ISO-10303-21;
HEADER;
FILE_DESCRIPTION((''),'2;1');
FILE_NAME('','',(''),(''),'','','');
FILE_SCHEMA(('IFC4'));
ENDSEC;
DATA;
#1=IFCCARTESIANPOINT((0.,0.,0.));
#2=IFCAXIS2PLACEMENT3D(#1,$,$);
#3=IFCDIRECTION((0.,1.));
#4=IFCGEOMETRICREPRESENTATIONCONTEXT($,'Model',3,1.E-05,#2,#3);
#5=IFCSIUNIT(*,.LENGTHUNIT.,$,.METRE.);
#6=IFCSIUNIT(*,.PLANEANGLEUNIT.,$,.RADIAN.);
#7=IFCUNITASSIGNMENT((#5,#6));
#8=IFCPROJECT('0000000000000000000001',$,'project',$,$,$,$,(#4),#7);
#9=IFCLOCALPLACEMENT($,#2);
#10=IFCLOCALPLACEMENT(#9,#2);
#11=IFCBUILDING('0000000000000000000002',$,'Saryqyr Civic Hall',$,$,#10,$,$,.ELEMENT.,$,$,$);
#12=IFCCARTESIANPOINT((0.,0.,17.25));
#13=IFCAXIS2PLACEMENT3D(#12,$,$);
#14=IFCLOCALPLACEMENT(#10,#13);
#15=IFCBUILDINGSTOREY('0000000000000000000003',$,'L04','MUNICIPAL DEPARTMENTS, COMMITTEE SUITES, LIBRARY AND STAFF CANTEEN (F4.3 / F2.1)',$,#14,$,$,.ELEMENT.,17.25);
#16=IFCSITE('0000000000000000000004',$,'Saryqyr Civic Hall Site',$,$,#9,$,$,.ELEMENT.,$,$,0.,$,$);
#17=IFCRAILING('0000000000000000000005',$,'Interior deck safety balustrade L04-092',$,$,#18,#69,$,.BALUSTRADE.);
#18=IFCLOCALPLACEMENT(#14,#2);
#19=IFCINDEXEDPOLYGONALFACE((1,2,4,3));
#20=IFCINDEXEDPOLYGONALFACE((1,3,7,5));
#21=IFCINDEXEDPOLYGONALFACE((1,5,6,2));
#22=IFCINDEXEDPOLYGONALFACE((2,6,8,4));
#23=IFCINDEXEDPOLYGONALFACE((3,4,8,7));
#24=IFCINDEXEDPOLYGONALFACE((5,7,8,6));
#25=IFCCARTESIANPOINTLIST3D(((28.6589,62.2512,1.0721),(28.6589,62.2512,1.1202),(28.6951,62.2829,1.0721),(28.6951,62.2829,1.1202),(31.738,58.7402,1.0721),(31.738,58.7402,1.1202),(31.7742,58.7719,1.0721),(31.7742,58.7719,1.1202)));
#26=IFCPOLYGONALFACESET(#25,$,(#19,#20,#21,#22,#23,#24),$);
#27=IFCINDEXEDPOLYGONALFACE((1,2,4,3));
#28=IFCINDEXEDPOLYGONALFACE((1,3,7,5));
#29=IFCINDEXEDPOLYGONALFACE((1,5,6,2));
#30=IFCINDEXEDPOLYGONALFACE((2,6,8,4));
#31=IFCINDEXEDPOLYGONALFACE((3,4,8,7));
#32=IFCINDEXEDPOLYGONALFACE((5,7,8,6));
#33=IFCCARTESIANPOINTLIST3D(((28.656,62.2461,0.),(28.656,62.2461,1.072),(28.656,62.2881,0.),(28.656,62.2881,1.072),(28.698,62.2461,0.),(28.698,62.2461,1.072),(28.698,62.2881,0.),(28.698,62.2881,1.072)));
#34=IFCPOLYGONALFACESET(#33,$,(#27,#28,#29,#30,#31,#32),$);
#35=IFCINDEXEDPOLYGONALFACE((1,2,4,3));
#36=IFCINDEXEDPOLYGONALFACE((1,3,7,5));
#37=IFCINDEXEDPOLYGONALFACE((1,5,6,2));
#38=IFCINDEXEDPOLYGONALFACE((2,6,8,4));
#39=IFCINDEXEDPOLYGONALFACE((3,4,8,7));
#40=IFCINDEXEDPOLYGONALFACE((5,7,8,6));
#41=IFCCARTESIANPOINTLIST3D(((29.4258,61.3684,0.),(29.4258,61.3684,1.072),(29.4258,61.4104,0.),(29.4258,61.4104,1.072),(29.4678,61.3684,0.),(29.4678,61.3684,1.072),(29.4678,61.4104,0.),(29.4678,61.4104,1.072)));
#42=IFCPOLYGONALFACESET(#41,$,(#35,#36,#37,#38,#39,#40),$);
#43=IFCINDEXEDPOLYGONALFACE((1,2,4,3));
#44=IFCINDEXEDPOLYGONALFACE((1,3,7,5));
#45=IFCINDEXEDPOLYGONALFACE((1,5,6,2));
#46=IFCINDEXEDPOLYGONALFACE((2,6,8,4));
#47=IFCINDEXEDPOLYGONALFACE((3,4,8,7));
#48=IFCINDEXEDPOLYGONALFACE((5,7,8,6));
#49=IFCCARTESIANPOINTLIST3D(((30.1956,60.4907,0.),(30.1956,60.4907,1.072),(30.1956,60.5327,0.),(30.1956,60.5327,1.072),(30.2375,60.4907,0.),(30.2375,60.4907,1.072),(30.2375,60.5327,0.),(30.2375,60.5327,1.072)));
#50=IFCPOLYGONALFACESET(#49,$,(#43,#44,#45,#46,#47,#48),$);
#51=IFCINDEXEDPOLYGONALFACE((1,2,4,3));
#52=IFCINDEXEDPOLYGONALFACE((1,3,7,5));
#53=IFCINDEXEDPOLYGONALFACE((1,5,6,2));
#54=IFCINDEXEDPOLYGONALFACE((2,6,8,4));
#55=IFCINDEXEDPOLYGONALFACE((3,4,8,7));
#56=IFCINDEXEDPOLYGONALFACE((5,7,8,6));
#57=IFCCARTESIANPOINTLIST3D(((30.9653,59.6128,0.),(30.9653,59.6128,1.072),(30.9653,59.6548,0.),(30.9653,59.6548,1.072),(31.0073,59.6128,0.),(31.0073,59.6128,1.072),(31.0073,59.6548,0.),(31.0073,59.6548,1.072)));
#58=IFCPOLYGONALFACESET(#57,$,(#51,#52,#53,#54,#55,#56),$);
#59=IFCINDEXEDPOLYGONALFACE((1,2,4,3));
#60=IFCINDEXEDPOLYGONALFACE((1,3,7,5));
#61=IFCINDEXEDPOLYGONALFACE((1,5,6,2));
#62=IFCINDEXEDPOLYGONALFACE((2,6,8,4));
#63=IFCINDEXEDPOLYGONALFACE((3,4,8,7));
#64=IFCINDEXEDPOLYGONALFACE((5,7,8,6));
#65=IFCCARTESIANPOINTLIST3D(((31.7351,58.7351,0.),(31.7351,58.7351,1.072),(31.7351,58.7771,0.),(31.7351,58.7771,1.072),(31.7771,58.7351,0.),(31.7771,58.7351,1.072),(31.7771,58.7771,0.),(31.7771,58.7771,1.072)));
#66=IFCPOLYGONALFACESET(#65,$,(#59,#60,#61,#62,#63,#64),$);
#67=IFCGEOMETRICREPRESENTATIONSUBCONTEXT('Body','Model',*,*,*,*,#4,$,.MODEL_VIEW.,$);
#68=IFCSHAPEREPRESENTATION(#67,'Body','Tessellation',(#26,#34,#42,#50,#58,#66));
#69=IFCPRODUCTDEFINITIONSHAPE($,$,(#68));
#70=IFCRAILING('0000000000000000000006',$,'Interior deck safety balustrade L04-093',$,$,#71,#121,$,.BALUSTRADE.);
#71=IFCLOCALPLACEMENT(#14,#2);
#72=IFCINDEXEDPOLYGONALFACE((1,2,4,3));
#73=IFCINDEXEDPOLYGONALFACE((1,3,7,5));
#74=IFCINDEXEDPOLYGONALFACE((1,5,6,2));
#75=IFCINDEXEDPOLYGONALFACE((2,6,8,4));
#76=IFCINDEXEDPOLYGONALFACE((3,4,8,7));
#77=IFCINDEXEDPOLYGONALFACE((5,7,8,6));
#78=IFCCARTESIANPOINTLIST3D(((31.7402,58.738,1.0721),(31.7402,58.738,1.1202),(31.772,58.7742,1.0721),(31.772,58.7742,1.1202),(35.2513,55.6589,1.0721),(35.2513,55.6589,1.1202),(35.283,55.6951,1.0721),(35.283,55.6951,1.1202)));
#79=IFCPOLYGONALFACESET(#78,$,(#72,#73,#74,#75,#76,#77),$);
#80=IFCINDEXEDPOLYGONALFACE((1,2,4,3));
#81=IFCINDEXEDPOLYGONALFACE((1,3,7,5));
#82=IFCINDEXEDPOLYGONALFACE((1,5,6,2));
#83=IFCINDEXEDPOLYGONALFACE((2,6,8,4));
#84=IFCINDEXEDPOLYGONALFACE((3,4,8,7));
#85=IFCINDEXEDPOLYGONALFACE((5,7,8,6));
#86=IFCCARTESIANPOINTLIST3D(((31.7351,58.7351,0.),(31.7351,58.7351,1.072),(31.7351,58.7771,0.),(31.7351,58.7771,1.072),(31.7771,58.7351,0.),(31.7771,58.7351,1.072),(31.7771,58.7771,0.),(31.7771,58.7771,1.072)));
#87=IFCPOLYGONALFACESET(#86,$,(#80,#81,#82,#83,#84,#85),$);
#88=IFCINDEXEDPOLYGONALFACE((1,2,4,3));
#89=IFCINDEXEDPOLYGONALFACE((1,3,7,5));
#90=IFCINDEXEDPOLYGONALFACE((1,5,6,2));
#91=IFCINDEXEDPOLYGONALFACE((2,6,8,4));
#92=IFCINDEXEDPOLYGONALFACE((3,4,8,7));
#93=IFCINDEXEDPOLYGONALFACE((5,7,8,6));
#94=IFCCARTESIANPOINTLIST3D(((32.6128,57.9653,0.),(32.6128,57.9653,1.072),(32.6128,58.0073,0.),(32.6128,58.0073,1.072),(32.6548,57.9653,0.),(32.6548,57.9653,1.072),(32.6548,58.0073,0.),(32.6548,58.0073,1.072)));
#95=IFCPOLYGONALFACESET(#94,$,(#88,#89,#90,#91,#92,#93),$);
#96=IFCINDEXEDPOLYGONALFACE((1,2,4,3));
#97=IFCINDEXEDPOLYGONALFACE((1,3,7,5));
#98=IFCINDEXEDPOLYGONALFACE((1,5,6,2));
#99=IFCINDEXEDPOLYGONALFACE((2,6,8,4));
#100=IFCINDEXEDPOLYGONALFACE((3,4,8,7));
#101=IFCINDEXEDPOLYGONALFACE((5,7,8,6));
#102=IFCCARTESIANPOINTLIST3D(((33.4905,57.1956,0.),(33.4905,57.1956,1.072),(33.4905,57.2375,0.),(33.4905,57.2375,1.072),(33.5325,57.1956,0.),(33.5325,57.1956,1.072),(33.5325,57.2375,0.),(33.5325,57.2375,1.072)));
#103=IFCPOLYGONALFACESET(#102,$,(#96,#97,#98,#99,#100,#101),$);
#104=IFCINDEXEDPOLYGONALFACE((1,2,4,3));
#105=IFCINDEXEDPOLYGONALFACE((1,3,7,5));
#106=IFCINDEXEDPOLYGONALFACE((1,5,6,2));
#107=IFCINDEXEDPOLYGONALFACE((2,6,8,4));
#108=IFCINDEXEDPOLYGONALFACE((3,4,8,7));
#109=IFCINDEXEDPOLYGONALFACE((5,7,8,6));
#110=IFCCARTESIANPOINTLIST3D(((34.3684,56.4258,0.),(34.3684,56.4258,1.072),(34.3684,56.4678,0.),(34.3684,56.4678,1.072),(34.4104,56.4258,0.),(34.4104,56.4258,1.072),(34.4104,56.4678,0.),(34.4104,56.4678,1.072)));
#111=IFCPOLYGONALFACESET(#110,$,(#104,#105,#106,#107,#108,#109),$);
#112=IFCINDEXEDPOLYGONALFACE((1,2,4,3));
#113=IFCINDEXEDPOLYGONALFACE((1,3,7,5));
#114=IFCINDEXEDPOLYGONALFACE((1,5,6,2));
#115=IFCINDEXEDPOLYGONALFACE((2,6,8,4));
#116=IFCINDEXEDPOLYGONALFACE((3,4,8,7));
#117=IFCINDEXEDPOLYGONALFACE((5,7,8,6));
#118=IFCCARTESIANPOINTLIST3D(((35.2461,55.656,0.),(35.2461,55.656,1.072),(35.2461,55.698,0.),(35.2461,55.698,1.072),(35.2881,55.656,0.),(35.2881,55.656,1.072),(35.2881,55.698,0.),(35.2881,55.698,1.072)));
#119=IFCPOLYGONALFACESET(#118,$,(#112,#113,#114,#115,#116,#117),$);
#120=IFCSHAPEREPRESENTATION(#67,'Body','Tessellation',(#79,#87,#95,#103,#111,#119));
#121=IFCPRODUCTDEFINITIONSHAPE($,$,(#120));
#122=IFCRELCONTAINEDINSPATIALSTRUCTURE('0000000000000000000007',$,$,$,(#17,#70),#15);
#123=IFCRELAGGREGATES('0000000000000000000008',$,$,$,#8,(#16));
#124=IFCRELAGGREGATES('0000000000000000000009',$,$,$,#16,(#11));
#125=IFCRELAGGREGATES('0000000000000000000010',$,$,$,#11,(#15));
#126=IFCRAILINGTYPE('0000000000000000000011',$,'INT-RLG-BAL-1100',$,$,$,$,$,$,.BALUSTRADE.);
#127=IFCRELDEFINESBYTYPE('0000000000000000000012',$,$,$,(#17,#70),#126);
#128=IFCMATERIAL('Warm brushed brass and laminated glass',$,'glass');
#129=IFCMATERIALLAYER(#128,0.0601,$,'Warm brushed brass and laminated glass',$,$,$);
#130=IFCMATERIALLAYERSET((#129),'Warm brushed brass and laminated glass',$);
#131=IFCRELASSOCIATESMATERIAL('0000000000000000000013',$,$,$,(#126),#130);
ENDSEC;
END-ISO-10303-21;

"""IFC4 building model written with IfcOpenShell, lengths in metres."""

from ifc_helpers import new_model, si_unit, direction, frame, origin, origin_2d, place, context, subcontext, project, spatial, rectangle, extrude, material, layer, layer_set, type_object, element, save


model = new_model("IFC4")

# Units and contexts
model_context = context("Model", 3, precision=1e-05, world=origin(), true_north=direction((0.0, 1.0)))
body_context = subcontext(model_context, "Body", "Model", "MODEL_VIEW")
ifc_project = project(units=[si_unit("LENGTHUNIT", "METRE"), si_unit("PLANEANGLEUNIT", "RADIAN")], contexts=[model_context])

# Site, building, storey
site_placement = place(None, origin())
site = spatial("IfcSite", under=ifc_project, at=site_placement, Name="Saryqyr Civic Hall Site", CompositionType="ELEMENT", RefElevation=0.0)
building_placement = place(site_placement, origin())
building = spatial("IfcBuilding", under=site, at=building_placement, Name="Saryqyr Civic Hall", CompositionType="ELEMENT")
storey_placement = place(building_placement, frame((0.0, 0.0, 17.25)))
storey = spatial("IfcBuildingStorey", under=building, at=storey_placement, Name="L04", Description="MUNICIPAL DEPARTMENTS, COMMITTEE SUITES, LIBRARY AND STAFF CANTEEN (F4.3 / F2.1)", CompositionType="ELEMENT", Elevation=17.25)

# Railings
ifc_material_1 = material(Name="Warm brushed brass and laminated glass", Category="glass")
ifc_layer_1 = layer(ifc_material_1, 0.0601, Name="Warm brushed brass and laminated glass")
ifc_layer_set_1 = layer_set([ifc_layer_1], Name="Warm brushed brass and laminated glass")
railing_type = type_object("IfcRailingType", Name="INT-RLG-BAL-1100", PredefinedType="BALUSTRADE", material=ifc_layer_set_1)
railing_1_placement = place(storey_placement, frame((28.677, 62.2671, 0.0)))
element("IfcRailing", 1, at=railing_1_placement, inside=storey, type_object=railing_type, Name="Interior deck safety balustrade L04-092", PredefinedType="BALUSTRADE", context=body_context, shape_type="SweptSolid", body=[
    extrude(rectangle(XDim=0.0481, YDim=0.0481, at=origin_2d()), frame((0.0, 0.0, 1.0962), z_axis=(0.659352, -0.751835, 0.0), x_axis=(0.751835, 0.659352, 0.0)), (0.0, 0.0, 1.0), 4.6699),
    extrude(rectangle(XDim=0.042, YDim=0.042, at=origin_2d()), origin(), (0.0, 0.0, 1.0), 1.072),
    extrude(rectangle(XDim=0.042, YDim=0.042, at=origin_2d()), frame((0.7698, -0.8777, 0.0)), (0.0, 0.0, 1.0), 1.072),
    extrude(rectangle(XDim=0.042, YDim=0.042, at=origin_2d()), frame((1.5396, -1.7554, 0.0)), (0.0, 0.0, 1.0), 1.072),
    extrude(rectangle(XDim=0.042, YDim=0.042, at=origin_2d()), frame((2.3093, -2.6333, 0.0)), (0.0, 0.0, 1.0), 1.072),
    extrude(rectangle(XDim=0.042, YDim=0.042, at=origin_2d()), frame((3.0791, -3.511, 0.0)), (0.0, 0.0, 1.0), 1.072),
])
railing_2_placement = place(storey_placement, frame((31.7561, 58.7561, 0.0)))
element("IfcRailing", 2, at=railing_2_placement, inside=storey, type_object=railing_type, Name="Interior deck safety balustrade L04-093", PredefinedType="BALUSTRADE", context=body_context, shape_type="SweptSolid", body=[
    extrude(rectangle(XDim=0.0481, YDim=0.0481, at=origin_2d()), frame((0.0, 0.0, 1.0962), z_axis=(0.751835, -0.659352, 0.0), x_axis=(0.659352, 0.751835, 0.0)), (0.0, 0.0, 1.0), 4.6699),
    extrude(rectangle(XDim=0.042, YDim=0.042, at=origin_2d()), origin(), (0.0, 0.0, 1.0), 1.072),
    extrude(rectangle(XDim=0.042, YDim=0.042, at=origin_2d()), frame((0.8777, -0.7698, 0.0)), (0.0, 0.0, 1.0), 1.072),
    extrude(rectangle(XDim=0.042, YDim=0.042, at=origin_2d()), frame((1.7554, -1.5396, 0.0)), (0.0, 0.0, 1.0), 1.072),
    extrude(rectangle(XDim=0.042, YDim=0.042, at=origin_2d()), frame((2.6333, -2.3093, 0.0)), (0.0, 0.0, 1.0), 1.072),
    extrude(rectangle(XDim=0.042, YDim=0.042, at=origin_2d()), frame((3.511, -3.0791, 0.0)), (0.0, 0.0, 1.0), 1.072),
])

save(model, "model.ifc")
